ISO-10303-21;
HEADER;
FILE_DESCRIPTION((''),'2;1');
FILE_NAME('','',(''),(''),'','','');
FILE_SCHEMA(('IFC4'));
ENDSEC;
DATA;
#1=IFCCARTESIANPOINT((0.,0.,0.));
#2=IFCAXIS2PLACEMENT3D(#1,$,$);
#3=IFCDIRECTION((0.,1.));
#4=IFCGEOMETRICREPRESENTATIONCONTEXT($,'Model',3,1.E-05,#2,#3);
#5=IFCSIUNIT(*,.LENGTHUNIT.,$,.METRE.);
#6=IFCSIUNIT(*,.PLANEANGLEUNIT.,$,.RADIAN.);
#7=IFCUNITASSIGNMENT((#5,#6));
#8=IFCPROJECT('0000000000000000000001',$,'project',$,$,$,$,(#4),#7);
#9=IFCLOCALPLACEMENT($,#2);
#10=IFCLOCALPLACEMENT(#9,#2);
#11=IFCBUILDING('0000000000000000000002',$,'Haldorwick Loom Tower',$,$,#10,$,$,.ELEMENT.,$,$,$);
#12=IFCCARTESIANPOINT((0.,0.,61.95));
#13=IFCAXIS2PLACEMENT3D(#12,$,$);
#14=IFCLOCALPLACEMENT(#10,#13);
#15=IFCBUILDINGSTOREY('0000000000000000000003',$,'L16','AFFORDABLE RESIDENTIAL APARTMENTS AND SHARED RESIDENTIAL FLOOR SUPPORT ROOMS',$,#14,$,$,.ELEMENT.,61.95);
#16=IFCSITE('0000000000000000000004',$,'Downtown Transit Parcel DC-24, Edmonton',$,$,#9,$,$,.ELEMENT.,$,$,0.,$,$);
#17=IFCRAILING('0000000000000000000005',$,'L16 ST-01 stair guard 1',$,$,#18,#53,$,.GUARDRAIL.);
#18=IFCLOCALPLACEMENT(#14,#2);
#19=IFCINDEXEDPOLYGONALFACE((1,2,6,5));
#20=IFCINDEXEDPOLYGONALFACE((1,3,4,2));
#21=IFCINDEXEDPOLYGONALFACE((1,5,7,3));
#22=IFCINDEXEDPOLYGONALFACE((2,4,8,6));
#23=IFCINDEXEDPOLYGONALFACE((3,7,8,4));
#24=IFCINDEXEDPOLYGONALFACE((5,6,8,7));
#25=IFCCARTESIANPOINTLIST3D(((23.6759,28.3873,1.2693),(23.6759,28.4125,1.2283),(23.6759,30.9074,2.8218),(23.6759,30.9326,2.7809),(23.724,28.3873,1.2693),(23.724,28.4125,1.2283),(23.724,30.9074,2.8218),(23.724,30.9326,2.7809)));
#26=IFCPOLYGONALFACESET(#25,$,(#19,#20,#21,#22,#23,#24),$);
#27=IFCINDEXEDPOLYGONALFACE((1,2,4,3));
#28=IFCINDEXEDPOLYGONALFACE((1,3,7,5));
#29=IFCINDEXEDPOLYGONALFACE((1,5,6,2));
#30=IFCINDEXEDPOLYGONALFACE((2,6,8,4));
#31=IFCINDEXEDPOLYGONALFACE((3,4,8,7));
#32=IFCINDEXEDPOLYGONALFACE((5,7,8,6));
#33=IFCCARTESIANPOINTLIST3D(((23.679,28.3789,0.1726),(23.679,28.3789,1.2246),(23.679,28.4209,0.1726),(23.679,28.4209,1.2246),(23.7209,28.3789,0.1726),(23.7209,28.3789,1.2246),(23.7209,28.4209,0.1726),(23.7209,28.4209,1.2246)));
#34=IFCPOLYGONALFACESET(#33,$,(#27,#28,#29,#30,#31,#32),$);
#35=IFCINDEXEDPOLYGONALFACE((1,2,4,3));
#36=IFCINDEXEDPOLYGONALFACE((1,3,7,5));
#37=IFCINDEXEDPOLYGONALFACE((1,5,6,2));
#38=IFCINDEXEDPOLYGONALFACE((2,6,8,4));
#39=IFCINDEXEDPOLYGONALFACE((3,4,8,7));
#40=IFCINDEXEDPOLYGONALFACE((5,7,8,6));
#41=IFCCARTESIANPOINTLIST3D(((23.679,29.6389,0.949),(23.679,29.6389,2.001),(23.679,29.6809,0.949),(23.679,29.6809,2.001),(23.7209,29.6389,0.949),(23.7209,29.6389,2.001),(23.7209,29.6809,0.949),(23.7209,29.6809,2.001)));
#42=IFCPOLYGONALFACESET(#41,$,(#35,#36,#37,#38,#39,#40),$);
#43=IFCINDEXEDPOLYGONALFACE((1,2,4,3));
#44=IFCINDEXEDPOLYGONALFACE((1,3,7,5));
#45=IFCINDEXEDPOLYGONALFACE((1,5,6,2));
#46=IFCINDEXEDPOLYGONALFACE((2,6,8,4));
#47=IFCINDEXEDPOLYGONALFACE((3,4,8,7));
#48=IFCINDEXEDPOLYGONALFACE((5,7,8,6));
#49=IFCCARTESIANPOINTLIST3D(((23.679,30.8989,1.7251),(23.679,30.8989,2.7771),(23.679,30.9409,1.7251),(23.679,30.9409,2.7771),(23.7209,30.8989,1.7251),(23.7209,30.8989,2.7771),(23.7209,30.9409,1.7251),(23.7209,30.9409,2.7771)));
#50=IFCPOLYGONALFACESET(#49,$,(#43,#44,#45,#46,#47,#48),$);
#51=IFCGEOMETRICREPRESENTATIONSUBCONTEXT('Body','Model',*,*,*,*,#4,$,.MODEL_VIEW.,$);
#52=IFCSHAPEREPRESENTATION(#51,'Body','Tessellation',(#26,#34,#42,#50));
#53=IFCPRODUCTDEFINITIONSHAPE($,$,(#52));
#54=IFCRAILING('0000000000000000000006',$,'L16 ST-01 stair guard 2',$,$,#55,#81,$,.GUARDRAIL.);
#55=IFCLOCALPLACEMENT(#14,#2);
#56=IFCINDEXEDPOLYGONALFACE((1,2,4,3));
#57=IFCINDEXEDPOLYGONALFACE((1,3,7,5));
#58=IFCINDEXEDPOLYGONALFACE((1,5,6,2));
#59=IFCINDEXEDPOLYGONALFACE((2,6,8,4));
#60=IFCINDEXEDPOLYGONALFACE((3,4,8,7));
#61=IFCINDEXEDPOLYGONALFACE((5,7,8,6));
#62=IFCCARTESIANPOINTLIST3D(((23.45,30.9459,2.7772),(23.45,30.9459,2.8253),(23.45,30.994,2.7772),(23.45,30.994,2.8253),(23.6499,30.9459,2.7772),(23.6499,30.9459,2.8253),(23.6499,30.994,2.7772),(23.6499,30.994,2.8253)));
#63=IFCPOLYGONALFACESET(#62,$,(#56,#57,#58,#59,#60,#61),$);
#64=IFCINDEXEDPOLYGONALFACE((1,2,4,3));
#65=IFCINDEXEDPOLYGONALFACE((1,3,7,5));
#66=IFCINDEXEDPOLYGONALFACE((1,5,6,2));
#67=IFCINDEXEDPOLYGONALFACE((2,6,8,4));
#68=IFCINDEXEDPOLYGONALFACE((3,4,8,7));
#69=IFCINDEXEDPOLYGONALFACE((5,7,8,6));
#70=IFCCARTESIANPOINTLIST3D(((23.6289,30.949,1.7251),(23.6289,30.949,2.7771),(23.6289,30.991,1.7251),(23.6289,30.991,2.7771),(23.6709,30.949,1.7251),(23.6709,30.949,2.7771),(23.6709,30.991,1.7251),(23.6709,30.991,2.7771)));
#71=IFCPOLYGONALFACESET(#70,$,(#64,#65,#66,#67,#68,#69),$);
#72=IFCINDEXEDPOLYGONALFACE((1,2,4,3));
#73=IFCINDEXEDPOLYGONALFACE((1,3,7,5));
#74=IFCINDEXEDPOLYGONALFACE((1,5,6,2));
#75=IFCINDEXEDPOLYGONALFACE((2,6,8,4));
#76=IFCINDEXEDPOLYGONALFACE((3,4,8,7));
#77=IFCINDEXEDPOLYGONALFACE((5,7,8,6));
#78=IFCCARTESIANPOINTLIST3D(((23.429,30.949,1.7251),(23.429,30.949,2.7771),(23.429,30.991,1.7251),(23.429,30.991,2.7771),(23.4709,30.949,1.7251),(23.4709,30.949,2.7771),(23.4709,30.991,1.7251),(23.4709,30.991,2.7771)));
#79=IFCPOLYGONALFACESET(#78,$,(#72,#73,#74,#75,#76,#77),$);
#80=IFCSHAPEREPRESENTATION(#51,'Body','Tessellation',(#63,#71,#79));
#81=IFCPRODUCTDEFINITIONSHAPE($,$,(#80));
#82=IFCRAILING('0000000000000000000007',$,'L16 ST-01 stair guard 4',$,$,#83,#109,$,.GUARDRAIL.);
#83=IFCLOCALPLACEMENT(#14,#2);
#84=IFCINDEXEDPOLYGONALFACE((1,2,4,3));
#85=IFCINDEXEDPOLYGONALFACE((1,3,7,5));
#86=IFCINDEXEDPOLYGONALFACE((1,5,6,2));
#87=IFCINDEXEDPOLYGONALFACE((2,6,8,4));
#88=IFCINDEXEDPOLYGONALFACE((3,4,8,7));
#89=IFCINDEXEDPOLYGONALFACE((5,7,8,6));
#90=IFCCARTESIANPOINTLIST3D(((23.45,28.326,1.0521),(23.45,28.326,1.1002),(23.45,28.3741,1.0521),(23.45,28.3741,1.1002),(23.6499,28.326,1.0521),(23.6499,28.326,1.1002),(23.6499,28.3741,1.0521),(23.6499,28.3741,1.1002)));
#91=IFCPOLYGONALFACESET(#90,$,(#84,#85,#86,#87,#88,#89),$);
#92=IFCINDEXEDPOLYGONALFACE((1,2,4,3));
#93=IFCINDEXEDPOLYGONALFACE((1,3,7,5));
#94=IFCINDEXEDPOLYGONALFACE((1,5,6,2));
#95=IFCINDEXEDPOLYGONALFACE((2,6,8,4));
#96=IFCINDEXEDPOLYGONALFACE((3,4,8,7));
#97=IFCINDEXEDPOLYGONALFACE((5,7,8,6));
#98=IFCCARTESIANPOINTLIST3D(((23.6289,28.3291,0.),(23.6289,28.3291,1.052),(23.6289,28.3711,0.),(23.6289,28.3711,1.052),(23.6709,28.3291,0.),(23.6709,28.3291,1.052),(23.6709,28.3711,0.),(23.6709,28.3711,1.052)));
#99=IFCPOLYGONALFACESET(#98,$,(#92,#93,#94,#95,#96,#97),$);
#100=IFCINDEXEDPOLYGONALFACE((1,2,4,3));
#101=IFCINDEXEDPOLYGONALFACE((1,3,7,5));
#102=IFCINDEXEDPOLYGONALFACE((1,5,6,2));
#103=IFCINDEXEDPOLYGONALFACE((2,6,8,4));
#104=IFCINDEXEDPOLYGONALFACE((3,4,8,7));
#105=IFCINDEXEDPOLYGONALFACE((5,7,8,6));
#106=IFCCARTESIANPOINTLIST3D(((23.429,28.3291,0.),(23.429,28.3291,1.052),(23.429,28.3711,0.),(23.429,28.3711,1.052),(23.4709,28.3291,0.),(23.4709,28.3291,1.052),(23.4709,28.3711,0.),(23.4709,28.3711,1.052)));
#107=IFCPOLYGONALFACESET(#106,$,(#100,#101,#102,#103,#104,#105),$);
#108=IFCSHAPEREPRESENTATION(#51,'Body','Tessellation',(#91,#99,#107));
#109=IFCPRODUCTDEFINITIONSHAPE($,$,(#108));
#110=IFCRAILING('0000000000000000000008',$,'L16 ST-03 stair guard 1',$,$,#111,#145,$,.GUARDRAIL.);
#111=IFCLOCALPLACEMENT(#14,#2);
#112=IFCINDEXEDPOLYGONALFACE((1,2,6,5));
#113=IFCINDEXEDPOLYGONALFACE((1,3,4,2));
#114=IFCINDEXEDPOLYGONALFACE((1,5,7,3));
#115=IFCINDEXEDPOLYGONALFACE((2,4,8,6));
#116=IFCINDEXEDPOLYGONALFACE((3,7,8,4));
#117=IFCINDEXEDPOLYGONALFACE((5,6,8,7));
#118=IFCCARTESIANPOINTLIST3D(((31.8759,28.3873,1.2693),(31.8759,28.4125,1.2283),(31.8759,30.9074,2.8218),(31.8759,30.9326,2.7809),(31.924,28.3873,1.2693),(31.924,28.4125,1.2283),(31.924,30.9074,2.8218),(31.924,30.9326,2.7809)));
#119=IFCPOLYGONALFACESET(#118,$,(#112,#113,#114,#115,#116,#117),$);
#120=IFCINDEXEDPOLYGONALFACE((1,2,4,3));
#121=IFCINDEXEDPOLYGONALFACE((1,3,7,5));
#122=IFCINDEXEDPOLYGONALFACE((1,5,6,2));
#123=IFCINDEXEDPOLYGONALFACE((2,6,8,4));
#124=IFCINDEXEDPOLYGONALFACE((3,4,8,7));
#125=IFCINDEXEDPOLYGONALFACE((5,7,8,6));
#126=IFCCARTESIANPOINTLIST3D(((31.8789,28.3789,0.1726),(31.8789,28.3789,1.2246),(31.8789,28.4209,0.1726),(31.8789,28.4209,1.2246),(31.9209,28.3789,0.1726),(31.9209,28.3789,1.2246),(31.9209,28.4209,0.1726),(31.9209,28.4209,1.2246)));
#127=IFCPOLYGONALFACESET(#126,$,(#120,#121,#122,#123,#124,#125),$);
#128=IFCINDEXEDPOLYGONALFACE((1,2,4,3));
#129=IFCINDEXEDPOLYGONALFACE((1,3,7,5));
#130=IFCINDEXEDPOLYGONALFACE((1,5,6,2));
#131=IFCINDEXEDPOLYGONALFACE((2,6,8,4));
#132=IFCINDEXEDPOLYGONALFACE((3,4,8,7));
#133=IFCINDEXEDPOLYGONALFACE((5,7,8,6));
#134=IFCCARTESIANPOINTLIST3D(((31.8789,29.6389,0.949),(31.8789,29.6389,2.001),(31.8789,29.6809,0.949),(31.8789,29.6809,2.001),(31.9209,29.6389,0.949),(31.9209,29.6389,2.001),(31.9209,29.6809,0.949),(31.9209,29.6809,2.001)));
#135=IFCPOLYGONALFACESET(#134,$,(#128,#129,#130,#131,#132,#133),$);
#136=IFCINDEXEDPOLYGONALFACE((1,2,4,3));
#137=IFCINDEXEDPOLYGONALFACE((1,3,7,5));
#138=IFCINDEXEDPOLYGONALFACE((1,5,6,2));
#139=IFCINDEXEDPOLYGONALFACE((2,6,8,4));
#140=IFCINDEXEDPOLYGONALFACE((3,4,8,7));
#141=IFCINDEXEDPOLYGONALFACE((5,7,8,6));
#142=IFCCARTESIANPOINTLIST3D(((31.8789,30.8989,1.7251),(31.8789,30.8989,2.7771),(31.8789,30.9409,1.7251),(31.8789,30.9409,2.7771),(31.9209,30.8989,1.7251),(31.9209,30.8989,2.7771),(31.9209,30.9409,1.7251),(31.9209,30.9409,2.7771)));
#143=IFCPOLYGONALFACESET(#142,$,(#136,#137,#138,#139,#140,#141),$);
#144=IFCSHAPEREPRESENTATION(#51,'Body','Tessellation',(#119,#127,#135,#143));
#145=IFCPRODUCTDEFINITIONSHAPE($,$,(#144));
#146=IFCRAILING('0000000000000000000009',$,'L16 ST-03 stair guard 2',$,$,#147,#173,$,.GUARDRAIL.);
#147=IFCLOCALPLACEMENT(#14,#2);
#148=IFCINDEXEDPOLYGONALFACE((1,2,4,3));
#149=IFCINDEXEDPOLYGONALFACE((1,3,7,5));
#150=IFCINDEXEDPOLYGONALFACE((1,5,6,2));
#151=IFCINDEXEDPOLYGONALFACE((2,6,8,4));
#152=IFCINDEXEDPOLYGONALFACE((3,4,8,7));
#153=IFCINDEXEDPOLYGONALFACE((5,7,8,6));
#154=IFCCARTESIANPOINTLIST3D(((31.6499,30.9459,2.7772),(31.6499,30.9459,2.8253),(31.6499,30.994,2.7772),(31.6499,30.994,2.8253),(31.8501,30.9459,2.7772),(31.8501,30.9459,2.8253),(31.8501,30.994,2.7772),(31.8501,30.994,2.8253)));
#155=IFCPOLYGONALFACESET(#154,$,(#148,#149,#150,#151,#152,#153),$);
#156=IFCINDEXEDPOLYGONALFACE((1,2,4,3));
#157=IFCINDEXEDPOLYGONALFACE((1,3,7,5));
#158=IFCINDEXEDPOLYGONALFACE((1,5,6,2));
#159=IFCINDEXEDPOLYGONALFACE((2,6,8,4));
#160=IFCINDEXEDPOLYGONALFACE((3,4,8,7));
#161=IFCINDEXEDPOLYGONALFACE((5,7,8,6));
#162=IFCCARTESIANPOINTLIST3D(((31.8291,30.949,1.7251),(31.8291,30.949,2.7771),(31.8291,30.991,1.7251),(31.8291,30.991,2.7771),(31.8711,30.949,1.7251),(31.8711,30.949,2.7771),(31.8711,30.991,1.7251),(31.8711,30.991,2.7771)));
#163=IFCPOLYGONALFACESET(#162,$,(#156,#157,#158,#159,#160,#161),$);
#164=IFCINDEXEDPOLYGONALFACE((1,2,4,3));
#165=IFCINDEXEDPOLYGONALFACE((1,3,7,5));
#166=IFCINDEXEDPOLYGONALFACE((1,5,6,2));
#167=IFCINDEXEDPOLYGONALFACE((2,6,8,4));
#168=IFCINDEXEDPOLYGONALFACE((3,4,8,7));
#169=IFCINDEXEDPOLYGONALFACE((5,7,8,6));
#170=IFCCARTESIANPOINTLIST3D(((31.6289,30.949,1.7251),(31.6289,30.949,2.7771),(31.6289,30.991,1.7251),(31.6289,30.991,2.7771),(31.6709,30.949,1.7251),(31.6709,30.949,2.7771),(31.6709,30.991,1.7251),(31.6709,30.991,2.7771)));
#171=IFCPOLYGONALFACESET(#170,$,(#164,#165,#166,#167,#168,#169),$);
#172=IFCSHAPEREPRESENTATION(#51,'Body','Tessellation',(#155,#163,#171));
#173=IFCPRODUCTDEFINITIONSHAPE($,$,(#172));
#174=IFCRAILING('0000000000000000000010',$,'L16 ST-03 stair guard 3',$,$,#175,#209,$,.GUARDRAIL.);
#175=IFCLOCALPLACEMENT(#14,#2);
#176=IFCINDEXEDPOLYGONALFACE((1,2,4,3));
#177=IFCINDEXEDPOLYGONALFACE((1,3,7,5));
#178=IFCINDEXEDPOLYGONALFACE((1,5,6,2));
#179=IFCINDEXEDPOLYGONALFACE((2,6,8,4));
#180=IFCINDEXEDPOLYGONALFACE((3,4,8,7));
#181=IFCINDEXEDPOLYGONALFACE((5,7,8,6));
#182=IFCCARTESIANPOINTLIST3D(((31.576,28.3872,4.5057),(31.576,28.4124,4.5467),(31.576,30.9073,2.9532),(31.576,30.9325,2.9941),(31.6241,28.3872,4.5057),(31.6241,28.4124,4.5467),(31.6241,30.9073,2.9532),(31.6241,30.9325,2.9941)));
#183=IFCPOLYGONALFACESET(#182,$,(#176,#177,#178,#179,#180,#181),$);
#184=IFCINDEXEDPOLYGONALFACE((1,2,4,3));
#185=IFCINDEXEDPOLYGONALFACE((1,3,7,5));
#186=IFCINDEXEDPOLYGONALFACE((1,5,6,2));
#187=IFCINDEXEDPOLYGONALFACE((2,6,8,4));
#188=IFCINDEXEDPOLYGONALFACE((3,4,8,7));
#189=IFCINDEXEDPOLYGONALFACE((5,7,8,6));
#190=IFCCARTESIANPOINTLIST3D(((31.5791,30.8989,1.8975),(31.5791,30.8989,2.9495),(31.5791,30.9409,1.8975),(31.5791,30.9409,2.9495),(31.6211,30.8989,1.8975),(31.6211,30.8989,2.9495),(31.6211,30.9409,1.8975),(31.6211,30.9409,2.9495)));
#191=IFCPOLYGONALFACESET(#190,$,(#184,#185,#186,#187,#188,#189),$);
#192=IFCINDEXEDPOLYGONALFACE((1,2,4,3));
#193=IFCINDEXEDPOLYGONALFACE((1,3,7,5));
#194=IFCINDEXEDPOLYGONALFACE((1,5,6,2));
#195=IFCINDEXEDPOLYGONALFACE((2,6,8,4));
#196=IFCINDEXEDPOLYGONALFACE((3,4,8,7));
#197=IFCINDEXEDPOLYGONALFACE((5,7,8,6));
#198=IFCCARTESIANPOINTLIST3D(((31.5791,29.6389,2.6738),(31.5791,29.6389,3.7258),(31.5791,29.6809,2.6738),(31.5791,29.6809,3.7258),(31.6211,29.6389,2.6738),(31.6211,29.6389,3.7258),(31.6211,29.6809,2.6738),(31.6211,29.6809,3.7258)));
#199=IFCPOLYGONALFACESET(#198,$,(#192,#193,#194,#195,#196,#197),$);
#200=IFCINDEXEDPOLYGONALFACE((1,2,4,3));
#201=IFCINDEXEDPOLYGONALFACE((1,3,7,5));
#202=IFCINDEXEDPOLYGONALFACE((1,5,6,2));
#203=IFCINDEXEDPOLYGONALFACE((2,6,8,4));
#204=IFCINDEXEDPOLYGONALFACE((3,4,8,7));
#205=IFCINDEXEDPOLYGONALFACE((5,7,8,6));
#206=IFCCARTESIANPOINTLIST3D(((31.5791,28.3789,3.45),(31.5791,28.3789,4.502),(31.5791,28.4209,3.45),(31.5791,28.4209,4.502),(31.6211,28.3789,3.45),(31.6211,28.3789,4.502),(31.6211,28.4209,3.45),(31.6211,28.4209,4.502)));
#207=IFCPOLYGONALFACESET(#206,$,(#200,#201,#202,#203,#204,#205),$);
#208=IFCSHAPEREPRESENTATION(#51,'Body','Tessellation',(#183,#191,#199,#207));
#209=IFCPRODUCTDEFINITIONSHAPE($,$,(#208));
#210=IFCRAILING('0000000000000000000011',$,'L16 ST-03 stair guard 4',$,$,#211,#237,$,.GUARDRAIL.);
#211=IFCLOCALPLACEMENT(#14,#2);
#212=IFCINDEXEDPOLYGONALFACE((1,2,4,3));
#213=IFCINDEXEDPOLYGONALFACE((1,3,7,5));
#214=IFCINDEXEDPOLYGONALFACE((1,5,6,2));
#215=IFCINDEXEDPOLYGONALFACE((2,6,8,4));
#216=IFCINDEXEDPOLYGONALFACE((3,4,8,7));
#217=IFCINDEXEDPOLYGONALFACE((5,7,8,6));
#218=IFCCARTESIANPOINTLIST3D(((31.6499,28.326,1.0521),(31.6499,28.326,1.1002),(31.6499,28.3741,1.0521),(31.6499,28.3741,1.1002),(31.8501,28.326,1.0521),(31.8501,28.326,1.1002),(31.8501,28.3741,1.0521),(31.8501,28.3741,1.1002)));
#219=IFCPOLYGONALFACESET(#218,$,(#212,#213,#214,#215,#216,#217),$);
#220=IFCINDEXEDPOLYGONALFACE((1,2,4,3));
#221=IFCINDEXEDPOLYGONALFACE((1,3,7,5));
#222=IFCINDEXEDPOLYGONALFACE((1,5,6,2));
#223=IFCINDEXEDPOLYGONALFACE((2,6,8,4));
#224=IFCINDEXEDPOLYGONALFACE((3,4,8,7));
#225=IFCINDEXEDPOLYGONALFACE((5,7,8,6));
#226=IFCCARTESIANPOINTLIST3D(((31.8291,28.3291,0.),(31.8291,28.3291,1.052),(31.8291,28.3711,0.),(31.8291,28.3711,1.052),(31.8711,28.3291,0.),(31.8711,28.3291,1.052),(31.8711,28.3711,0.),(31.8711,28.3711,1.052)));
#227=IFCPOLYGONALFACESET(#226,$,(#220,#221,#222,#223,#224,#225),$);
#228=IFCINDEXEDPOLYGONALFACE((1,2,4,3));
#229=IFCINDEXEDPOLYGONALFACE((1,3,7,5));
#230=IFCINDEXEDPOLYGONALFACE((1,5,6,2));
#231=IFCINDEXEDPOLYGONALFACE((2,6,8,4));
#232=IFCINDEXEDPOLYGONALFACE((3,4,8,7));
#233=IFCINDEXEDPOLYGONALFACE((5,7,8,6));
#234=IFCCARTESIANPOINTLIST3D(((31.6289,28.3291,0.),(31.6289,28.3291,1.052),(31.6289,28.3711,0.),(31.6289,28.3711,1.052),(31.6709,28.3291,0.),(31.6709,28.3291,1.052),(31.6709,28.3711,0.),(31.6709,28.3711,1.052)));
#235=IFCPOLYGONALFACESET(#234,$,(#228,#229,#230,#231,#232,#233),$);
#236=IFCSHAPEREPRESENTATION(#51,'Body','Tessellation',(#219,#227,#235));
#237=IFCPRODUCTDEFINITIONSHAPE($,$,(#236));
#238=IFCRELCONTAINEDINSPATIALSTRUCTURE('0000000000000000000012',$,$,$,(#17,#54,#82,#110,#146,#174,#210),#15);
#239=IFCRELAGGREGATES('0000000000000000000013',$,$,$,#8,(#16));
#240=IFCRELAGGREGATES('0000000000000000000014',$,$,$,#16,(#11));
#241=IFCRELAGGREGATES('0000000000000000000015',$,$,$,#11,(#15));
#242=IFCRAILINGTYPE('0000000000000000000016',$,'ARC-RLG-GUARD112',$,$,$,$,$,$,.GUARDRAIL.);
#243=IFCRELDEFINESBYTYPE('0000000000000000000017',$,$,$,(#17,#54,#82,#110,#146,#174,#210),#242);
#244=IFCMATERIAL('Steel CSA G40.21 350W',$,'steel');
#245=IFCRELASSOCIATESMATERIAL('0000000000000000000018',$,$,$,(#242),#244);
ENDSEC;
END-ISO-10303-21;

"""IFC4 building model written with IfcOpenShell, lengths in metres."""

from ifc_helpers import new_model, si_unit, direction, frame, origin, origin_2d, place, context, subcontext, project, spatial, rectangle, extrude, material, type_object, element, save


model = new_model("IFC4")

# Units and contexts
model_context = context("Model", 3, precision=1e-05, world=origin(), true_north=direction((0.0, 1.0)))
body_context = subcontext(model_context, "Body", "Model", "MODEL_VIEW")
ifc_project = project(units=[si_unit("LENGTHUNIT", "METRE"), si_unit("PLANEANGLEUNIT", "RADIAN")], contexts=[model_context])

# Site, building, storey
site_placement = place(None, origin())
site = spatial("IfcSite", under=ifc_project, at=site_placement, Name="Downtown Transit Parcel DC-24, Edmonton", CompositionType="ELEMENT", RefElevation=0.0)
building_placement = place(site_placement, origin())
building = spatial("IfcBuilding", under=site, at=building_placement, Name="Haldorwick Loom Tower", CompositionType="ELEMENT")
storey_placement = place(building_placement, frame((0.0, 0.0, 61.95)))
storey = spatial("IfcBuildingStorey", under=building, at=storey_placement, Name="L16", Description="AFFORDABLE RESIDENTIAL APARTMENTS AND SHARED RESIDENTIAL FLOOR SUPPORT ROOMS", CompositionType="ELEMENT", Elevation=61.95)

# Shared definitions
ifc_material_1 = material(Name="Steel CSA G40.21 350W", Category="steel")

# Railings
railing_type_1 = type_object("IfcRailingType", Name="ARC-RLG-GUARD112", PredefinedType="GUARDRAIL", material=ifc_material_1)
railing_1_placement = place(storey_placement, frame((23.7, 28.3999, 0.1726)))
element("IfcRailing", 1, at=railing_1_placement, inside=storey, type_object=railing_type_1, Name="L16 ST-01 stair guard 1", PredefinedType="GUARDRAIL", context=body_context, shape_type="SweptSolid", body=[
    extrude(rectangle(XDim=0.0481, YDim=0.0481, at=origin_2d()), frame((0.0, 0.0, 1.0762), z_axis=(0.0, 0.8514, 0.524516), x_axis=(-1.0, 0.0, 0.0)), (0.0, 0.0, 1.0), 2.96),
    extrude(rectangle(XDim=0.042, YDim=0.042, at=origin_2d()), origin(), (0.0, 0.0, 1.0), 1.052),
    extrude(rectangle(XDim=0.042, YDim=0.042, at=origin_2d()), frame((0.0, 1.26, 0.7764)), (0.0, 0.0, 1.0), 1.052),
    extrude(rectangle(XDim=0.042, YDim=0.042, at=origin_2d()), frame((0.0, 2.52, 1.5525)), (0.0, 0.0, 1.0), 1.052),
])
for number, where, name in (
    (2, (23.6499, 30.97, 1.7251), "L16 ST-01 stair guard 2"),
    (3, (23.6499, 28.3501, 0.0), "L16 ST-01 stair guard 4"),
):
    element("IfcRailing", number, at=place(storey_placement, frame(where)), inside=storey, type_object=railing_type_1, Name=name, PredefinedType="GUARDRAIL", context=body_context, shape_type="SweptSolid", body=[
        extrude(rectangle(XDim=0.0481, YDim=0.0481, at=origin_2d()), frame((0.0, 0.0, 1.0762), z_axis=(-1.0, 0.0, 0.0), x_axis=(0.0, -1.0, 0.0)), (0.0, 0.0, 1.0), 0.2),
        extrude(rectangle(XDim=0.042, YDim=0.042, at=origin_2d()), origin(), (0.0, 0.0, 1.0), 1.052),
        extrude(rectangle(XDim=0.042, YDim=0.042, at=origin_2d()), frame((-0.2, 0.0, 0.0)), (0.0, 0.0, 1.0), 1.052),
    ])
railing_2_placement = place(storey_placement, frame((31.8999, 28.3999, 0.1726)))
element("IfcRailing", 4, at=railing_2_placement, inside=storey, type_object=railing_type_1, Name="L16 ST-03 stair guard 1", PredefinedType="GUARDRAIL", context=body_context, shape_type="SweptSolid", body=[
    extrude(rectangle(XDim=0.0481, YDim=0.0481, at=origin_2d()), frame((0.0, 0.0, 1.0762), z_axis=(0.0, 0.8514, 0.524516), x_axis=(-1.0, 0.0, 0.0)), (0.0, 0.0, 1.0), 2.96),
    extrude(rectangle(XDim=0.042, YDim=0.042, at=origin_2d()), origin(), (0.0, 0.0, 1.0), 1.052),
    extrude(rectangle(XDim=0.042, YDim=0.042, at=origin_2d()), frame((0.0, 1.26, 0.7764)), (0.0, 0.0, 1.0), 1.052),
    extrude(rectangle(XDim=0.042, YDim=0.042, at=origin_2d()), frame((0.0, 2.52, 1.5525)), (0.0, 0.0, 1.0), 1.052),
])
railing_3_placement = place(storey_placement, frame((31.8501, 30.97, 1.7251)))
element("IfcRailing", 5, at=railing_3_placement, inside=storey, type_object=railing_type_1, Name="L16 ST-03 stair guard 2", PredefinedType="GUARDRAIL", context=body_context, shape_type="SweptSolid", body=[
    extrude(rectangle(XDim=0.0481, YDim=0.0481, at=origin_2d()), frame((0.0, 0.0, 1.0762), z_axis=(-1.0, 0.0, 0.0), x_axis=(0.0, -1.0, 0.0)), (0.0, 0.0, 1.0), 0.2002),
    extrude(rectangle(XDim=0.042, YDim=0.042, at=origin_2d()), origin(), (0.0, 0.0, 1.0), 1.052),
    extrude(rectangle(XDim=0.042, YDim=0.042, at=origin_2d()), frame((-0.2002, 0.0, 0.0)), (0.0, 0.0, 1.0), 1.052),
])
railing_4_placement = place(storey_placement, frame((31.6001, 30.9199, 1.8975)))
element("IfcRailing", 6, at=railing_4_placement, inside=storey, type_object=railing_type_1, Name="L16 ST-03 stair guard 3", PredefinedType="GUARDRAIL", context=body_context, shape_type="SweptSolid", body=[
    extrude(rectangle(XDim=0.0481, YDim=0.0481, at=origin_2d()), frame((0.0, 0.0, 1.0762), z_axis=(0.0, -0.8514, 0.524516), x_axis=(1.0, 0.0, 0.0)), (0.0, 0.0, 1.0), 2.96),
    extrude(rectangle(XDim=0.042, YDim=0.042, at=origin_2d()), origin(), (0.0, 0.0, 1.0), 1.052),
    extrude(rectangle(XDim=0.042, YDim=0.042, at=origin_2d()), frame((0.0, -1.26, 0.7764)), (0.0, 0.0, 1.0), 1.052),
    extrude(rectangle(XDim=0.042, YDim=0.042, at=origin_2d()), frame((0.0, -2.52, 1.5525)), (0.0, 0.0, 1.0), 1.052),
])
railing_5_placement = place(storey_placement, frame((31.8501, 28.3501, 0.0)))
element("IfcRailing", 7, at=railing_5_placement, inside=storey, type_object=railing_type_1, Name="L16 ST-03 stair guard 4", PredefinedType="GUARDRAIL", context=body_context, shape_type="SweptSolid", body=[
    extrude(rectangle(XDim=0.0481, YDim=0.0481, at=origin_2d()), frame((0.0, 0.0, 1.0762), z_axis=(-1.0, 0.0, 0.0), x_axis=(0.0, -1.0, 0.0)), (0.0, 0.0, 1.0), 0.2002),
    extrude(rectangle(XDim=0.042, YDim=0.042, at=origin_2d()), origin(), (0.0, 0.0, 1.0), 1.052),
    extrude(rectangle(XDim=0.042, YDim=0.042, at=origin_2d()), frame((-0.2002, 0.0, 0.0)), (0.0, 0.0, 1.0), 1.052),
])

save(model, "model.ifc")
